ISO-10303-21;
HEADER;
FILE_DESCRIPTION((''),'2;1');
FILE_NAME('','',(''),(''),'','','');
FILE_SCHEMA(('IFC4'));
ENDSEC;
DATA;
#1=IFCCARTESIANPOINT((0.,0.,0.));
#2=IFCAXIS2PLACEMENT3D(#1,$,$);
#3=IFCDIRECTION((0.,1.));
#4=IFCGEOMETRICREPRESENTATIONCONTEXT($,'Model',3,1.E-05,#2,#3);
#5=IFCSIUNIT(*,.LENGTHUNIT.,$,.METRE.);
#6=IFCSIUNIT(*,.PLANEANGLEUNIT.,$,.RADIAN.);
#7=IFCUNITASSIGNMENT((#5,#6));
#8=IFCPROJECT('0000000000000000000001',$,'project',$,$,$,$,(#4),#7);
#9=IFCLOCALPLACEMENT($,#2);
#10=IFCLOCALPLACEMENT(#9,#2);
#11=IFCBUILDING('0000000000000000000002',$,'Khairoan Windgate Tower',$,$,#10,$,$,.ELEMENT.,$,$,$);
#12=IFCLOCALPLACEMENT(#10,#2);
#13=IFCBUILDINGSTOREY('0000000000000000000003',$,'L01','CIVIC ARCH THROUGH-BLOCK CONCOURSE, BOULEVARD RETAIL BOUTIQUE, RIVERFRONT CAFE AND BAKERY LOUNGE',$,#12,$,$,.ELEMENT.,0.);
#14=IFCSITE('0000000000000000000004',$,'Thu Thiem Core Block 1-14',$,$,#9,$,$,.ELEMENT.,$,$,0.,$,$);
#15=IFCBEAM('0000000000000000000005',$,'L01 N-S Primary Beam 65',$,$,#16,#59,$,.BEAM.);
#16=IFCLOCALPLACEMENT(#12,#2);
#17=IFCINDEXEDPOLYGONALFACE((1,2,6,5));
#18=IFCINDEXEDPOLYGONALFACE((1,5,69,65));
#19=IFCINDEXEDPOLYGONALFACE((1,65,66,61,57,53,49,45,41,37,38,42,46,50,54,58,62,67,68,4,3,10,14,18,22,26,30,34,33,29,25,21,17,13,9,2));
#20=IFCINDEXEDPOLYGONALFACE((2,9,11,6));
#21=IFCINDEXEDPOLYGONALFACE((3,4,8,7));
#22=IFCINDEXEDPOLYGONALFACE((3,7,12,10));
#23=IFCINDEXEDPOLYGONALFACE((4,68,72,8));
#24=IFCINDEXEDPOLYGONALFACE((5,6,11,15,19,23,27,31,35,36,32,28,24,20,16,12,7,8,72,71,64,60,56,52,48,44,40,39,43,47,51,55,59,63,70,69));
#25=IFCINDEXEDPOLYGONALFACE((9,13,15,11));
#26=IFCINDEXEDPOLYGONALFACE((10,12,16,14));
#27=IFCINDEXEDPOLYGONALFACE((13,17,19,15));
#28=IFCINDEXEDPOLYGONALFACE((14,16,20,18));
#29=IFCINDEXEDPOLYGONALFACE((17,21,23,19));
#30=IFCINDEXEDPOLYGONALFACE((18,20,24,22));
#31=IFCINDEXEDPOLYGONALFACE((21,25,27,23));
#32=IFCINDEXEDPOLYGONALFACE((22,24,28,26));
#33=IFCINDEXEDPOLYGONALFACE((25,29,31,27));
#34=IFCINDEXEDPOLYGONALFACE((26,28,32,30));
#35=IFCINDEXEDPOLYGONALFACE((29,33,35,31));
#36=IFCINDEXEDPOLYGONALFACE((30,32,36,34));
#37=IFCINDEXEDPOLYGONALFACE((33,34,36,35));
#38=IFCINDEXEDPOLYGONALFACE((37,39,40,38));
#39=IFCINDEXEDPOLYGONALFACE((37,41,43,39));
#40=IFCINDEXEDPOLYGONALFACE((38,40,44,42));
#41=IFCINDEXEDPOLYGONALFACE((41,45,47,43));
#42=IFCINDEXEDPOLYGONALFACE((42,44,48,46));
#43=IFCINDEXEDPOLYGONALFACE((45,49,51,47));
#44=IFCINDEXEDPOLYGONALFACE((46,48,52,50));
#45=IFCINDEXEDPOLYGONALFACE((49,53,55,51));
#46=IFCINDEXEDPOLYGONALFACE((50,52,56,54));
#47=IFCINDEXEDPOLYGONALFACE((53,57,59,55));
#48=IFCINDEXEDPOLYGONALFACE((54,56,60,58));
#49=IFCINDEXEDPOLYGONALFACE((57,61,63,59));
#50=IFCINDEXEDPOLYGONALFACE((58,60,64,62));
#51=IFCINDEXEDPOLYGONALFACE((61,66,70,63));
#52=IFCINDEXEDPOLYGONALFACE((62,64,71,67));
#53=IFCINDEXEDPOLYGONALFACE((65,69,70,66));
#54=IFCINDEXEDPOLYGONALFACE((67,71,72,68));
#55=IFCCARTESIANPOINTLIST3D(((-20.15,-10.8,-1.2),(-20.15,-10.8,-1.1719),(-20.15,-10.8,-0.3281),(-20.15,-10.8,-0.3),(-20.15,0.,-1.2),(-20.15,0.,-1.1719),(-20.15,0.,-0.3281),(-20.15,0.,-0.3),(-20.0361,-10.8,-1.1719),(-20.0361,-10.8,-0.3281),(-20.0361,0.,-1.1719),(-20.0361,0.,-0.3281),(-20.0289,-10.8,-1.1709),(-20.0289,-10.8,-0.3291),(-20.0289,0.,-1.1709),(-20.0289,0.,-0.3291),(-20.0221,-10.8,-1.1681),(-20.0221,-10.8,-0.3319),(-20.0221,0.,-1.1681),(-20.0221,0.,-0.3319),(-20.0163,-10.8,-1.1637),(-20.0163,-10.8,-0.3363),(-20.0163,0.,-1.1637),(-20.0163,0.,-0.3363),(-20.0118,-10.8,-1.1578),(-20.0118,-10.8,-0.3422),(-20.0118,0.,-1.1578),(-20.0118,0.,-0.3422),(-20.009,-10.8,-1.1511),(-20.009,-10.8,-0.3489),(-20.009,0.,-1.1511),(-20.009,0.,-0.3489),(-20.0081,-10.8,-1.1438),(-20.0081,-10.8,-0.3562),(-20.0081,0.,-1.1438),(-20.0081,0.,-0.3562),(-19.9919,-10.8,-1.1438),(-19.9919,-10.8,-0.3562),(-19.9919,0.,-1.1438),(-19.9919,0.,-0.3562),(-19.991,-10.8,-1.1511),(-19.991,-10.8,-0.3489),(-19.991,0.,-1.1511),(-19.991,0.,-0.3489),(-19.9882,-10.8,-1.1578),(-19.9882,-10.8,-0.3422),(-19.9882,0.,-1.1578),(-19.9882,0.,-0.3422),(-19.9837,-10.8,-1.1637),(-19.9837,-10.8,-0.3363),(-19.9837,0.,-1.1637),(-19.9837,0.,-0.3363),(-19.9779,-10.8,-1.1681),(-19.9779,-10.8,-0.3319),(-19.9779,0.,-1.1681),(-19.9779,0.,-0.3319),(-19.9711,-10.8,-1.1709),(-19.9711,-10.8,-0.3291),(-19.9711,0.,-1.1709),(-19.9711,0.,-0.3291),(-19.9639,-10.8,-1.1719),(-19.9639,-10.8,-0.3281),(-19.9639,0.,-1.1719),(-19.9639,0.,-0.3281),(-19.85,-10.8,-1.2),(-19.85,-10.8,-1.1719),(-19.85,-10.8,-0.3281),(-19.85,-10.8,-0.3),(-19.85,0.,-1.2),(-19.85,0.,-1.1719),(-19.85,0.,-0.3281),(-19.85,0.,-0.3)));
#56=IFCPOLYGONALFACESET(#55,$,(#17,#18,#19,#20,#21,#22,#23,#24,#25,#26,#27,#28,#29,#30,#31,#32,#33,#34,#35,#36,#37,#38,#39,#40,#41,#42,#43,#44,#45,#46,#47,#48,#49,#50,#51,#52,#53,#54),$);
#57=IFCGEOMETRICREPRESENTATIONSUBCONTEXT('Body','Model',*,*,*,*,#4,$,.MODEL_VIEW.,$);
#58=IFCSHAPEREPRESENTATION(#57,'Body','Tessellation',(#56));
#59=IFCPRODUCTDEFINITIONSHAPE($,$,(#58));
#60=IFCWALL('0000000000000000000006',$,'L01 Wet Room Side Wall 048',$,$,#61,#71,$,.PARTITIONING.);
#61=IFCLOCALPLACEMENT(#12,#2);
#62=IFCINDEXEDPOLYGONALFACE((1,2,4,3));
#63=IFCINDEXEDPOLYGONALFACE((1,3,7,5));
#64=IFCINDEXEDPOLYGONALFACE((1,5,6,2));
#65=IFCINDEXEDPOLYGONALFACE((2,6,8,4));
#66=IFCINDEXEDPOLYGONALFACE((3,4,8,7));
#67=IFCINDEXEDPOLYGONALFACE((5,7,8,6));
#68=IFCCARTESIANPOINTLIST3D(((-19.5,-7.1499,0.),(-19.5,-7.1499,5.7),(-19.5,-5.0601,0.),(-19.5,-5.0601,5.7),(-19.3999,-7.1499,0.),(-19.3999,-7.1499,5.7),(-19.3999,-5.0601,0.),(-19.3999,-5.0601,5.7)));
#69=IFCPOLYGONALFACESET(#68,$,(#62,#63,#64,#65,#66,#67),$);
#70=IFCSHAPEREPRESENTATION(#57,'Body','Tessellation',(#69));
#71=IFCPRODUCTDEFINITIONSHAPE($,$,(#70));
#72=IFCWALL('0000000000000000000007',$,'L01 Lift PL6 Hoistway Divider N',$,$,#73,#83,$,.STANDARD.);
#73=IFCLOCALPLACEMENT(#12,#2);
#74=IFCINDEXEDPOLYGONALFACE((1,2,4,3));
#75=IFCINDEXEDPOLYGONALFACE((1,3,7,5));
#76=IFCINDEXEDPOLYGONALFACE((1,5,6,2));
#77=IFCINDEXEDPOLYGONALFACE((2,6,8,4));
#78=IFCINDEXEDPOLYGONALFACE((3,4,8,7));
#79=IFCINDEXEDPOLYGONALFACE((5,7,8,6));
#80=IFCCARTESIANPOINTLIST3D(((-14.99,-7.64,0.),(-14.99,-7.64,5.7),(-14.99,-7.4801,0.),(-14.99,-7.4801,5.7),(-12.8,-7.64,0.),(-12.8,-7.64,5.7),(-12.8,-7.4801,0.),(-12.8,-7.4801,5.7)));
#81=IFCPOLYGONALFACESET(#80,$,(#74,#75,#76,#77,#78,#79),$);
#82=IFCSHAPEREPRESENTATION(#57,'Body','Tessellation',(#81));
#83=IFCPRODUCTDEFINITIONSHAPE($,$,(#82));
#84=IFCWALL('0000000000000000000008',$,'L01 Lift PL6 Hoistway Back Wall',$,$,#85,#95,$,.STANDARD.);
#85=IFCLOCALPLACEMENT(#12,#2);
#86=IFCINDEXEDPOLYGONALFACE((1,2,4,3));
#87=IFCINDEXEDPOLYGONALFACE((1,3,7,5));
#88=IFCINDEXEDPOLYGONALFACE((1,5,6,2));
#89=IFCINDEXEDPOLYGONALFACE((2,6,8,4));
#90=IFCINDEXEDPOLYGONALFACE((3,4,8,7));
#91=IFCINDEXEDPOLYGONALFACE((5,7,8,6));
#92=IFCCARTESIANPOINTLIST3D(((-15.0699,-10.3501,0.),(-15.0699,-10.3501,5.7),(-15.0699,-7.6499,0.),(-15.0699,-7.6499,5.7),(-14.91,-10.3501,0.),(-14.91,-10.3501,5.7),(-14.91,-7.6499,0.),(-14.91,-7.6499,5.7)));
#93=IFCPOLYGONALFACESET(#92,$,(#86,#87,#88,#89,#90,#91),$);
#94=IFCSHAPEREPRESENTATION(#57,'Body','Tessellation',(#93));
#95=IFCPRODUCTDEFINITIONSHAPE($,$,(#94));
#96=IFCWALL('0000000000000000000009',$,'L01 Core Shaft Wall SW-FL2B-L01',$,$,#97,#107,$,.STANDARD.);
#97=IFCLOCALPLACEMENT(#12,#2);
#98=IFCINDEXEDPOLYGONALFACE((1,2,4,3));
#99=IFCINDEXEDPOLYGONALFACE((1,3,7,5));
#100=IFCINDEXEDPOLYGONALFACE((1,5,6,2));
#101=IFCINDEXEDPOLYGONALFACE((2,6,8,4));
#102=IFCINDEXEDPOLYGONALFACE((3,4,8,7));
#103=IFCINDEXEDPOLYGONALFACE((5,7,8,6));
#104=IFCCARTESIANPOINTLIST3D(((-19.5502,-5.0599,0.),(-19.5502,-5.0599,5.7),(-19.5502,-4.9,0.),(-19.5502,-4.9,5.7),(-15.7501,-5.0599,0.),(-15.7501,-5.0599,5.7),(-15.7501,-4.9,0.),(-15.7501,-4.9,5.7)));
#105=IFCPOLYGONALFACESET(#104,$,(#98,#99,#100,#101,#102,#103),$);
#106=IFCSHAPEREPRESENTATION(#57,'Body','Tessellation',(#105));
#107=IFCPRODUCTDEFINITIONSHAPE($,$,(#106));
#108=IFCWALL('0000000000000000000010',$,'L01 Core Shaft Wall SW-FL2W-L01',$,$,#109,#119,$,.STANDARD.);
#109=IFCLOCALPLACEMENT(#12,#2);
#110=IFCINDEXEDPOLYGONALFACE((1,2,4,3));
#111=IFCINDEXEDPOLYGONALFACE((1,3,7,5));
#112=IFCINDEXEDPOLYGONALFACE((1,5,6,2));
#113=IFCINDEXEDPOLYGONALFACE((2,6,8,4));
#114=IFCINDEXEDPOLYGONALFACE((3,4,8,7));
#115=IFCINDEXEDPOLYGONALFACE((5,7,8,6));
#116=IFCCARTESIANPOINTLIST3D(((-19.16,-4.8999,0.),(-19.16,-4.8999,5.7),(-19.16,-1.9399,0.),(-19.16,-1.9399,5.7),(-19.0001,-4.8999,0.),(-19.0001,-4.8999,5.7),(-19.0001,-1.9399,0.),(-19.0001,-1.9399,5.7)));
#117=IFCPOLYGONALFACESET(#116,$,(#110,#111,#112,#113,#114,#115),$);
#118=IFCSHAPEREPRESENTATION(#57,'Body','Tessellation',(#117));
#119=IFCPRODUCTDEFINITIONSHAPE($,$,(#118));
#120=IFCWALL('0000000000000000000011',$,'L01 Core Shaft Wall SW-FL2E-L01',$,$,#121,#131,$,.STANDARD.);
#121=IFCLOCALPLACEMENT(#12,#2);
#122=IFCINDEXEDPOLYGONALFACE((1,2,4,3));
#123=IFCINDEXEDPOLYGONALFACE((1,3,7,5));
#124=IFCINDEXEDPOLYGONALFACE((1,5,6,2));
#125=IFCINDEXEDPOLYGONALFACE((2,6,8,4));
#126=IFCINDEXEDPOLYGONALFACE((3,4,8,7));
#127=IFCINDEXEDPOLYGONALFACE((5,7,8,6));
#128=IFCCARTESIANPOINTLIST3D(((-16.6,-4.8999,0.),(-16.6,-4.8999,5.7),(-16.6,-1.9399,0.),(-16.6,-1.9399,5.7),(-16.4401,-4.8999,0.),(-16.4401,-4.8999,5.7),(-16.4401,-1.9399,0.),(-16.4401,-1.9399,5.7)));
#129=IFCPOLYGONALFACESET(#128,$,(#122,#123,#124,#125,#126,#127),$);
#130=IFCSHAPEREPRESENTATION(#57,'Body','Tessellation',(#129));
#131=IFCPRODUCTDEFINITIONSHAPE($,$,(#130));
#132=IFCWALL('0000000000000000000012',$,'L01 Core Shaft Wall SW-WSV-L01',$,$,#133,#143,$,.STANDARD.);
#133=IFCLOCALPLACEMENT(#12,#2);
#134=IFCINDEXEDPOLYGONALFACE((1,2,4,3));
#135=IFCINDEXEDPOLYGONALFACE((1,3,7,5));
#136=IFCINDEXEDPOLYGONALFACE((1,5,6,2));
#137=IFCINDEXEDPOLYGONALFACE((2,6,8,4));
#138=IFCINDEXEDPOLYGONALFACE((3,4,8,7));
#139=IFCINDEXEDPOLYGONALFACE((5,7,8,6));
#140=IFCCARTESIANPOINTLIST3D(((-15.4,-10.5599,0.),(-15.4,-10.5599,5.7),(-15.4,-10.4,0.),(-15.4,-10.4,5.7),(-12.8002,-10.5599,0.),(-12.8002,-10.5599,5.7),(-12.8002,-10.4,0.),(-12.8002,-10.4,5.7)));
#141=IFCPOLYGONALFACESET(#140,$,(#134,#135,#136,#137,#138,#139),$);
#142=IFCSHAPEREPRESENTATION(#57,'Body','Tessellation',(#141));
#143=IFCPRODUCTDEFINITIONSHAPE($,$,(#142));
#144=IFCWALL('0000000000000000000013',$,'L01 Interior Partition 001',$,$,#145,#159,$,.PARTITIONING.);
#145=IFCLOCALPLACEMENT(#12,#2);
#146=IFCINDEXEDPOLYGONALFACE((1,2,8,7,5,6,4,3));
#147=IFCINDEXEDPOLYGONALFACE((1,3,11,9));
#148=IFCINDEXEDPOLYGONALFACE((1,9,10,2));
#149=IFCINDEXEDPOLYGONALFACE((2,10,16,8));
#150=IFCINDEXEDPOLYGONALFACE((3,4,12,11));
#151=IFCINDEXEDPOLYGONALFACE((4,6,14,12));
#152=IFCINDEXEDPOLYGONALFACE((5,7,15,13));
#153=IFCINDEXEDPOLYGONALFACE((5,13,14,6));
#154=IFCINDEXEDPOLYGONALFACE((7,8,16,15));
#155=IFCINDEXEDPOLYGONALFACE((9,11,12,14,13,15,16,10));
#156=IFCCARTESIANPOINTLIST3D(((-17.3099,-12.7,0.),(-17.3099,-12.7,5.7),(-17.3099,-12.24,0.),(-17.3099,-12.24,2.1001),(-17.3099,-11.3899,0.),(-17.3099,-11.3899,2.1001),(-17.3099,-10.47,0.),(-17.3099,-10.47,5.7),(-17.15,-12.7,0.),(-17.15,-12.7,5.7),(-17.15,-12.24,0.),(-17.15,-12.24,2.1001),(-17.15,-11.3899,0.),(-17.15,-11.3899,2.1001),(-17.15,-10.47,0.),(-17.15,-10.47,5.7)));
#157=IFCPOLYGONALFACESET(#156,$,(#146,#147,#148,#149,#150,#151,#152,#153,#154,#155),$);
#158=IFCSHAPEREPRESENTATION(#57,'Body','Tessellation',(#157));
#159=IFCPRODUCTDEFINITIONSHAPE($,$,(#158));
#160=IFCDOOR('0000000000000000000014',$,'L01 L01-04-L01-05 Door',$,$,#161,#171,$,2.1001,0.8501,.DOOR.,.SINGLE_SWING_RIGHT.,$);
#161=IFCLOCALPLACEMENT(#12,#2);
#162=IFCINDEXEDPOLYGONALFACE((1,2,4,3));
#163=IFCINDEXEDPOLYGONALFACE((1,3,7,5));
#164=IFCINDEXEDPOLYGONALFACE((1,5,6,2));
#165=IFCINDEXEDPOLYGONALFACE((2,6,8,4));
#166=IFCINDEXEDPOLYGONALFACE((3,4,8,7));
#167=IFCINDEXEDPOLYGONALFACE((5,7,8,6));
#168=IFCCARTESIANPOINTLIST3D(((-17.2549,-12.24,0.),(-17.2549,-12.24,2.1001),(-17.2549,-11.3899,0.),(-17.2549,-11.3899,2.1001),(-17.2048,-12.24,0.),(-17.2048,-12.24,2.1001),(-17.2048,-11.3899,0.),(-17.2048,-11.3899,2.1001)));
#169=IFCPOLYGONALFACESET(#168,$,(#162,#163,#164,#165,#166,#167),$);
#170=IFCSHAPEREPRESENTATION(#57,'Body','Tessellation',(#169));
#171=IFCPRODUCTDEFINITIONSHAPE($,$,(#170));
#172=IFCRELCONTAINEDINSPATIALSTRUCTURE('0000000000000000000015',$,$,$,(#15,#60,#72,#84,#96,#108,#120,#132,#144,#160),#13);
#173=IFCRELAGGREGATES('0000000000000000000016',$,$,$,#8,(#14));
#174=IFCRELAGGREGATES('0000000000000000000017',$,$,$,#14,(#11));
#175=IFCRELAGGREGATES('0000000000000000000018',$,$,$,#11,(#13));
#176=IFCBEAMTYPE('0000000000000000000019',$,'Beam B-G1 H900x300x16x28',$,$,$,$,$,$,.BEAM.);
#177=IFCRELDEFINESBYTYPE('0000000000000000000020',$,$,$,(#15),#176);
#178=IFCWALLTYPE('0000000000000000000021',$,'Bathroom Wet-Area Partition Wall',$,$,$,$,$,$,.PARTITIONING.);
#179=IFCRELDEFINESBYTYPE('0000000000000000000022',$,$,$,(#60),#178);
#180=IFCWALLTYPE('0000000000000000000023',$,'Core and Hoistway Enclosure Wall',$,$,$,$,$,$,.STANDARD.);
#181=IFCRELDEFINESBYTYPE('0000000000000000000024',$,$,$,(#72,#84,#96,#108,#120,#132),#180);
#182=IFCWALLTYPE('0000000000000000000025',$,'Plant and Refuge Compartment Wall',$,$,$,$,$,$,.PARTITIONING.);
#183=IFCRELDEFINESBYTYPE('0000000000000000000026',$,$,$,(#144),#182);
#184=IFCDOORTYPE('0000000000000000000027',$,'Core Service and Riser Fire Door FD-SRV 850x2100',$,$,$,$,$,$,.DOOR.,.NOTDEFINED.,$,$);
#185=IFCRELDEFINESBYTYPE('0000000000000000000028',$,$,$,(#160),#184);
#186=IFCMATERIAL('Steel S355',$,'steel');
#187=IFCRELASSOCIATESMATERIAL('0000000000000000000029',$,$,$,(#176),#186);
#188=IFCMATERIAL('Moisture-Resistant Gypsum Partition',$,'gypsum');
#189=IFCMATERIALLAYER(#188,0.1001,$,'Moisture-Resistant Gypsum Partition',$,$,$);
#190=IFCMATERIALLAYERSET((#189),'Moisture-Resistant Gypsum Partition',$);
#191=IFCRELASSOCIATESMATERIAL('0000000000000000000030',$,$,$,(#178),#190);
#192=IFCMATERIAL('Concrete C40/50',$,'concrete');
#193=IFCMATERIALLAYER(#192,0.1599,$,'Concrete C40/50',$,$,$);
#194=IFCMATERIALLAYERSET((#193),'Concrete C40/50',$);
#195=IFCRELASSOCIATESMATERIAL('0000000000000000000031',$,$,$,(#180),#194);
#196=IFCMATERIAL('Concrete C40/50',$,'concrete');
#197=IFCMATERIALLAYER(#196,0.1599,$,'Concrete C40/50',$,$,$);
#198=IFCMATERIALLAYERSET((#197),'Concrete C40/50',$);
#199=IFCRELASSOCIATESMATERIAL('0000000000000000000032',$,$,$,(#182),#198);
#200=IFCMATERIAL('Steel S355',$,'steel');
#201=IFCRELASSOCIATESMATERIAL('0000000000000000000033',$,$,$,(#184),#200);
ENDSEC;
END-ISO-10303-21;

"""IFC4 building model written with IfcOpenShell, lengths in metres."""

from ifc_helpers import new_model, si_unit, direction, frame, frame_2d, origin, origin_2d, place, context, subcontext, project, spatial, rectangle, i_section, extrude, material, layer, layer_set, material_profile, profile_set, type_object, element, fill, save


model = new_model("IFC4")

# Units and contexts
model_context = context("Model", 3, precision=1e-05, world=origin(), true_north=direction((0.0, 1.0)))
body_context = subcontext(model_context, "Body", "Model", "MODEL_VIEW")
ifc_project = project(units=[si_unit("LENGTHUNIT", "METRE"), si_unit("PLANEANGLEUNIT", "RADIAN")], contexts=[model_context])

# Site, building, storey
site_placement = place(None, origin())
site = spatial("IfcSite", under=ifc_project, at=site_placement, Name="Thu Thiem Core Block 1-14", CompositionType="ELEMENT", RefElevation=0.0)
building_placement = place(site_placement, origin())
building = spatial("IfcBuilding", under=site, at=building_placement, Name="Khairoan Windgate Tower", CompositionType="ELEMENT")
storey_placement = place(building_placement, origin())
storey = spatial("IfcBuildingStorey", under=building, at=storey_placement, Name="L01", Description="CIVIC ARCH THROUGH-BLOCK CONCOURSE, BOULEVARD RETAIL BOUTIQUE, RIVERFRONT CAFE AND BAKERY LOUNGE", CompositionType="ELEMENT", Elevation=0.0)

# Beam
ifc_material_1 = material(Name="Steel S355", Category="steel")
ifc_material_profile = material_profile(ifc_material_1, i_section(OverallWidth=0.3, OverallDepth=0.8999, WebThickness=0.0161, FlangeThickness=0.0281, FilletRadius=0.0281, at=origin_2d()))
ifc_profile_set = profile_set([ifc_material_profile], Name="Steel S355")
beam_type = type_object("IfcBeamType", Name="Beam B-G1 H900x300x16x28", PredefinedType="BEAM", material=ifc_profile_set)
beam_placement = place(storey_placement, frame((-20.0, -10.8, -0.75), z_axis=(0.0, 1.0, 0.0), x_axis=(-1.0, 0.0, 0.0)))
element("IfcBeam", 1, at=beam_placement, inside=storey, type_object=beam_type, Name="L01 N-S Primary Beam 65", PredefinedType="BEAM", context=body_context, shape_type="SweptSolid", body=[
    extrude(i_section(OverallWidth=0.3, OverallDepth=0.8999, WebThickness=0.0161, FlangeThickness=0.0281, FilletRadius=0.0281, at=origin_2d()), origin(), (0.0, 0.0, 1.0), 10.8),
])

# Walls
ifc_material_2 = material(Name="Moisture-Resistant Gypsum Partition", Category="gypsum")
ifc_layer_1 = layer(ifc_material_2, 0.1001, Name="Moisture-Resistant Gypsum Partition")
ifc_layer_set_1 = layer_set([ifc_layer_1], Name="Moisture-Resistant Gypsum Partition")
wall_type_1 = type_object("IfcWallType", Name="Bathroom Wet-Area Partition Wall", PredefinedType="PARTITIONING", material=ifc_layer_set_1)
wall_1_placement = place(storey_placement, frame((-19.45, -7.1499, 0.0), z_axis=(0.0, 0.0, 1.0), x_axis=(0.0, 1.0, 0.0)))
element("IfcWall", 2, at=wall_1_placement, inside=storey, type_object=wall_type_1, Name="L01 Wet Room Side Wall 048", PredefinedType="PARTITIONING", context=body_context, shape_type="SweptSolid", body=[
    extrude(rectangle(XDim=2.0898, YDim=0.1001, at=frame_2d((1.0449, 0.0))), origin(), (0.0, 0.0, 1.0), 5.7),
])
ifc_material_3 = material(Name="Concrete C40/50", Category="concrete")
ifc_layer_2 = layer(ifc_material_3, 0.1599, Name="Concrete C40/50")
ifc_layer_set_2 = layer_set([ifc_layer_2], Name="Concrete C40/50")
wall_type_2 = type_object("IfcWallType", Name="Core and Hoistway Enclosure Wall", PredefinedType="STANDARD", material=ifc_layer_set_2)
wall_2_placement = place(storey_placement, frame((-14.99, -7.5601, 0.0), z_axis=(0.0, 0.0, 1.0), x_axis=(1.0, 0.0, 0.0)))
element("IfcWall", 3, at=wall_2_placement, inside=storey, type_object=wall_type_2, Name="L01 Lift PL6 Hoistway Divider N", PredefinedType="STANDARD", context=body_context, shape_type="SweptSolid", body=[
    extrude(rectangle(XDim=2.1899, YDim=0.1599, at=frame_2d((1.095, 0.0))), origin(), (0.0, 0.0, 1.0), 5.7),
])
wall_3_placement = place(storey_placement, frame((-14.99, -10.3501, 0.0), z_axis=(0.0, 0.0, 1.0), x_axis=(0.0, 1.0, 0.0)))
element("IfcWall", 4, at=wall_3_placement, inside=storey, type_object=wall_type_2, Name="L01 Lift PL6 Hoistway Back Wall", PredefinedType="STANDARD", context=body_context, shape_type="SweptSolid", body=[
    extrude(rectangle(XDim=2.7002, YDim=0.1599, at=frame_2d((1.3501, 0.0))), origin(), (0.0, 0.0, 1.0), 5.7),
])
wall_4_placement = place(storey_placement, frame((-19.55, -4.98, 0.0), z_axis=(0.0, 0.0, 1.0), x_axis=(1.0, 0.0, 0.0)))
element("IfcWall", 5, at=wall_4_placement, inside=storey, type_object=wall_type_2, Name="L01 Core Shaft Wall SW-FL2B-L01", PredefinedType="STANDARD", context=body_context, shape_type="SweptSolid", body=[
    extrude(rectangle(XDim=3.8, YDim=0.1599, at=frame_2d((1.8999, 0.0))), origin(), (0.0, 0.0, 1.0), 5.7),
])
for number, where, z_axis, x_axis, name in (
    (6, (-19.0801, -4.8999, 0.0), (0.0, 0.0, 1.0), (0.0, 1.0, 0.0), "L01 Core Shaft Wall SW-FL2W-L01"),
    (7, (-16.52, -4.8999, 0.0), (0.0, 0.0, 1.0), (0.0, 1.0, 0.0), "L01 Core Shaft Wall SW-FL2E-L01"),
):
    element("IfcWall", number, at=place(storey_placement, frame(where, z_axis=z_axis, x_axis=x_axis)), inside=storey, type_object=wall_type_2, Name=name, PredefinedType="STANDARD", context=body_context, shape_type="SweptSolid", body=[
        extrude(rectangle(XDim=2.96, YDim=0.1599, at=frame_2d((1.48, 0.0))), origin(), (0.0, 0.0, 1.0), 5.7),
    ])
wall_5_placement = place(storey_placement, frame((-15.3999, -10.48, 0.0), z_axis=(0.0, 0.0, 1.0), x_axis=(1.0, 0.0, 0.0)))
element("IfcWall", 8, at=wall_5_placement, inside=storey, type_object=wall_type_2, Name="L01 Core Shaft Wall SW-WSV-L01", PredefinedType="STANDARD", context=body_context, shape_type="SweptSolid", body=[
    extrude(rectangle(XDim=2.5999, YDim=0.1599, at=frame_2d((1.2998, 0.0))), origin(), (0.0, 0.0, 1.0), 5.7),
])

# Wall, opening, door
ifc_material_4 = material(Name="Concrete C40/50", Category="concrete")
ifc_layer_3 = layer(ifc_material_4, 0.1599, Name="Concrete C40/50")
ifc_layer_set_3 = layer_set([ifc_layer_3], Name="Concrete C40/50")
wall_type_3 = type_object("IfcWallType", Name="Plant and Refuge Compartment Wall", PredefinedType="PARTITIONING", material=ifc_layer_set_3)
wall_6_placement = place(storey_placement, frame((-17.23, -12.7, 0.0), z_axis=(0.0, 0.0, 1.0), x_axis=(0.0, 1.0, 0.0)))
wall_6 = element("IfcWall", 9, at=wall_6_placement, inside=storey, type_object=wall_type_3, Name="L01 Interior Partition 001", PredefinedType="PARTITIONING", context=body_context, shape_type="SweptSolid", body=[
    extrude(rectangle(XDim=2.23, YDim=0.1599, at=frame_2d((1.115, 0.0))), origin(), (0.0, 0.0, 1.0), 5.7),
])
opening_1_placement = place(wall_6_placement, frame((0.46, 0.0, 0.0)))
opening_1 = element("IfcOpeningElement", 10, at=opening_1_placement, cuts=wall_6, PredefinedType="OPENING", context=body_context, shape_type="SweptSolid", body=[
    extrude(rectangle(XDim=0.8501, YDim=2.1001, at=frame_2d((0.425, 1.05))), frame((0.0, 0.0898, 0.0), z_axis=(0.0, -1.0, 0.0), x_axis=(1.0, 0.0, 0.0)), (0.0, 0.0, 1.0), 0.1799),
])
ifc_material_5 = material(Name="Steel S355", Category="steel")
door_type_1 = type_object("IfcDoorType", Name="Core Service and Riser Fire Door FD-SRV 850x2100", OperationType="NOTDEFINED", PredefinedType="DOOR", material=ifc_material_5)
door_1_placement = place(opening_1_placement, origin())
door_1 = element("IfcDoor", 11, at=door_1_placement, inside=storey, type_object=door_type_1, Name="L01 L01-04-L01-05 Door", OperationType="SINGLE_SWING_RIGHT", OverallHeight=2.1001, OverallWidth=0.8501, PredefinedType="DOOR", context=body_context, shape_type="SweptSolid", body=[
    extrude(rectangle(XDim=0.8501, YDim=2.1001, at=frame_2d((0.425, 1.05))), frame((0.0, 0.0249, 0.0), z_axis=(0.0, -1.0, 0.0), x_axis=(1.0, 0.0, 0.0)), (0.0, 0.0, 1.0), 0.05),
])
fill(opening_1, door_1)

save(model, "model.ifc")
